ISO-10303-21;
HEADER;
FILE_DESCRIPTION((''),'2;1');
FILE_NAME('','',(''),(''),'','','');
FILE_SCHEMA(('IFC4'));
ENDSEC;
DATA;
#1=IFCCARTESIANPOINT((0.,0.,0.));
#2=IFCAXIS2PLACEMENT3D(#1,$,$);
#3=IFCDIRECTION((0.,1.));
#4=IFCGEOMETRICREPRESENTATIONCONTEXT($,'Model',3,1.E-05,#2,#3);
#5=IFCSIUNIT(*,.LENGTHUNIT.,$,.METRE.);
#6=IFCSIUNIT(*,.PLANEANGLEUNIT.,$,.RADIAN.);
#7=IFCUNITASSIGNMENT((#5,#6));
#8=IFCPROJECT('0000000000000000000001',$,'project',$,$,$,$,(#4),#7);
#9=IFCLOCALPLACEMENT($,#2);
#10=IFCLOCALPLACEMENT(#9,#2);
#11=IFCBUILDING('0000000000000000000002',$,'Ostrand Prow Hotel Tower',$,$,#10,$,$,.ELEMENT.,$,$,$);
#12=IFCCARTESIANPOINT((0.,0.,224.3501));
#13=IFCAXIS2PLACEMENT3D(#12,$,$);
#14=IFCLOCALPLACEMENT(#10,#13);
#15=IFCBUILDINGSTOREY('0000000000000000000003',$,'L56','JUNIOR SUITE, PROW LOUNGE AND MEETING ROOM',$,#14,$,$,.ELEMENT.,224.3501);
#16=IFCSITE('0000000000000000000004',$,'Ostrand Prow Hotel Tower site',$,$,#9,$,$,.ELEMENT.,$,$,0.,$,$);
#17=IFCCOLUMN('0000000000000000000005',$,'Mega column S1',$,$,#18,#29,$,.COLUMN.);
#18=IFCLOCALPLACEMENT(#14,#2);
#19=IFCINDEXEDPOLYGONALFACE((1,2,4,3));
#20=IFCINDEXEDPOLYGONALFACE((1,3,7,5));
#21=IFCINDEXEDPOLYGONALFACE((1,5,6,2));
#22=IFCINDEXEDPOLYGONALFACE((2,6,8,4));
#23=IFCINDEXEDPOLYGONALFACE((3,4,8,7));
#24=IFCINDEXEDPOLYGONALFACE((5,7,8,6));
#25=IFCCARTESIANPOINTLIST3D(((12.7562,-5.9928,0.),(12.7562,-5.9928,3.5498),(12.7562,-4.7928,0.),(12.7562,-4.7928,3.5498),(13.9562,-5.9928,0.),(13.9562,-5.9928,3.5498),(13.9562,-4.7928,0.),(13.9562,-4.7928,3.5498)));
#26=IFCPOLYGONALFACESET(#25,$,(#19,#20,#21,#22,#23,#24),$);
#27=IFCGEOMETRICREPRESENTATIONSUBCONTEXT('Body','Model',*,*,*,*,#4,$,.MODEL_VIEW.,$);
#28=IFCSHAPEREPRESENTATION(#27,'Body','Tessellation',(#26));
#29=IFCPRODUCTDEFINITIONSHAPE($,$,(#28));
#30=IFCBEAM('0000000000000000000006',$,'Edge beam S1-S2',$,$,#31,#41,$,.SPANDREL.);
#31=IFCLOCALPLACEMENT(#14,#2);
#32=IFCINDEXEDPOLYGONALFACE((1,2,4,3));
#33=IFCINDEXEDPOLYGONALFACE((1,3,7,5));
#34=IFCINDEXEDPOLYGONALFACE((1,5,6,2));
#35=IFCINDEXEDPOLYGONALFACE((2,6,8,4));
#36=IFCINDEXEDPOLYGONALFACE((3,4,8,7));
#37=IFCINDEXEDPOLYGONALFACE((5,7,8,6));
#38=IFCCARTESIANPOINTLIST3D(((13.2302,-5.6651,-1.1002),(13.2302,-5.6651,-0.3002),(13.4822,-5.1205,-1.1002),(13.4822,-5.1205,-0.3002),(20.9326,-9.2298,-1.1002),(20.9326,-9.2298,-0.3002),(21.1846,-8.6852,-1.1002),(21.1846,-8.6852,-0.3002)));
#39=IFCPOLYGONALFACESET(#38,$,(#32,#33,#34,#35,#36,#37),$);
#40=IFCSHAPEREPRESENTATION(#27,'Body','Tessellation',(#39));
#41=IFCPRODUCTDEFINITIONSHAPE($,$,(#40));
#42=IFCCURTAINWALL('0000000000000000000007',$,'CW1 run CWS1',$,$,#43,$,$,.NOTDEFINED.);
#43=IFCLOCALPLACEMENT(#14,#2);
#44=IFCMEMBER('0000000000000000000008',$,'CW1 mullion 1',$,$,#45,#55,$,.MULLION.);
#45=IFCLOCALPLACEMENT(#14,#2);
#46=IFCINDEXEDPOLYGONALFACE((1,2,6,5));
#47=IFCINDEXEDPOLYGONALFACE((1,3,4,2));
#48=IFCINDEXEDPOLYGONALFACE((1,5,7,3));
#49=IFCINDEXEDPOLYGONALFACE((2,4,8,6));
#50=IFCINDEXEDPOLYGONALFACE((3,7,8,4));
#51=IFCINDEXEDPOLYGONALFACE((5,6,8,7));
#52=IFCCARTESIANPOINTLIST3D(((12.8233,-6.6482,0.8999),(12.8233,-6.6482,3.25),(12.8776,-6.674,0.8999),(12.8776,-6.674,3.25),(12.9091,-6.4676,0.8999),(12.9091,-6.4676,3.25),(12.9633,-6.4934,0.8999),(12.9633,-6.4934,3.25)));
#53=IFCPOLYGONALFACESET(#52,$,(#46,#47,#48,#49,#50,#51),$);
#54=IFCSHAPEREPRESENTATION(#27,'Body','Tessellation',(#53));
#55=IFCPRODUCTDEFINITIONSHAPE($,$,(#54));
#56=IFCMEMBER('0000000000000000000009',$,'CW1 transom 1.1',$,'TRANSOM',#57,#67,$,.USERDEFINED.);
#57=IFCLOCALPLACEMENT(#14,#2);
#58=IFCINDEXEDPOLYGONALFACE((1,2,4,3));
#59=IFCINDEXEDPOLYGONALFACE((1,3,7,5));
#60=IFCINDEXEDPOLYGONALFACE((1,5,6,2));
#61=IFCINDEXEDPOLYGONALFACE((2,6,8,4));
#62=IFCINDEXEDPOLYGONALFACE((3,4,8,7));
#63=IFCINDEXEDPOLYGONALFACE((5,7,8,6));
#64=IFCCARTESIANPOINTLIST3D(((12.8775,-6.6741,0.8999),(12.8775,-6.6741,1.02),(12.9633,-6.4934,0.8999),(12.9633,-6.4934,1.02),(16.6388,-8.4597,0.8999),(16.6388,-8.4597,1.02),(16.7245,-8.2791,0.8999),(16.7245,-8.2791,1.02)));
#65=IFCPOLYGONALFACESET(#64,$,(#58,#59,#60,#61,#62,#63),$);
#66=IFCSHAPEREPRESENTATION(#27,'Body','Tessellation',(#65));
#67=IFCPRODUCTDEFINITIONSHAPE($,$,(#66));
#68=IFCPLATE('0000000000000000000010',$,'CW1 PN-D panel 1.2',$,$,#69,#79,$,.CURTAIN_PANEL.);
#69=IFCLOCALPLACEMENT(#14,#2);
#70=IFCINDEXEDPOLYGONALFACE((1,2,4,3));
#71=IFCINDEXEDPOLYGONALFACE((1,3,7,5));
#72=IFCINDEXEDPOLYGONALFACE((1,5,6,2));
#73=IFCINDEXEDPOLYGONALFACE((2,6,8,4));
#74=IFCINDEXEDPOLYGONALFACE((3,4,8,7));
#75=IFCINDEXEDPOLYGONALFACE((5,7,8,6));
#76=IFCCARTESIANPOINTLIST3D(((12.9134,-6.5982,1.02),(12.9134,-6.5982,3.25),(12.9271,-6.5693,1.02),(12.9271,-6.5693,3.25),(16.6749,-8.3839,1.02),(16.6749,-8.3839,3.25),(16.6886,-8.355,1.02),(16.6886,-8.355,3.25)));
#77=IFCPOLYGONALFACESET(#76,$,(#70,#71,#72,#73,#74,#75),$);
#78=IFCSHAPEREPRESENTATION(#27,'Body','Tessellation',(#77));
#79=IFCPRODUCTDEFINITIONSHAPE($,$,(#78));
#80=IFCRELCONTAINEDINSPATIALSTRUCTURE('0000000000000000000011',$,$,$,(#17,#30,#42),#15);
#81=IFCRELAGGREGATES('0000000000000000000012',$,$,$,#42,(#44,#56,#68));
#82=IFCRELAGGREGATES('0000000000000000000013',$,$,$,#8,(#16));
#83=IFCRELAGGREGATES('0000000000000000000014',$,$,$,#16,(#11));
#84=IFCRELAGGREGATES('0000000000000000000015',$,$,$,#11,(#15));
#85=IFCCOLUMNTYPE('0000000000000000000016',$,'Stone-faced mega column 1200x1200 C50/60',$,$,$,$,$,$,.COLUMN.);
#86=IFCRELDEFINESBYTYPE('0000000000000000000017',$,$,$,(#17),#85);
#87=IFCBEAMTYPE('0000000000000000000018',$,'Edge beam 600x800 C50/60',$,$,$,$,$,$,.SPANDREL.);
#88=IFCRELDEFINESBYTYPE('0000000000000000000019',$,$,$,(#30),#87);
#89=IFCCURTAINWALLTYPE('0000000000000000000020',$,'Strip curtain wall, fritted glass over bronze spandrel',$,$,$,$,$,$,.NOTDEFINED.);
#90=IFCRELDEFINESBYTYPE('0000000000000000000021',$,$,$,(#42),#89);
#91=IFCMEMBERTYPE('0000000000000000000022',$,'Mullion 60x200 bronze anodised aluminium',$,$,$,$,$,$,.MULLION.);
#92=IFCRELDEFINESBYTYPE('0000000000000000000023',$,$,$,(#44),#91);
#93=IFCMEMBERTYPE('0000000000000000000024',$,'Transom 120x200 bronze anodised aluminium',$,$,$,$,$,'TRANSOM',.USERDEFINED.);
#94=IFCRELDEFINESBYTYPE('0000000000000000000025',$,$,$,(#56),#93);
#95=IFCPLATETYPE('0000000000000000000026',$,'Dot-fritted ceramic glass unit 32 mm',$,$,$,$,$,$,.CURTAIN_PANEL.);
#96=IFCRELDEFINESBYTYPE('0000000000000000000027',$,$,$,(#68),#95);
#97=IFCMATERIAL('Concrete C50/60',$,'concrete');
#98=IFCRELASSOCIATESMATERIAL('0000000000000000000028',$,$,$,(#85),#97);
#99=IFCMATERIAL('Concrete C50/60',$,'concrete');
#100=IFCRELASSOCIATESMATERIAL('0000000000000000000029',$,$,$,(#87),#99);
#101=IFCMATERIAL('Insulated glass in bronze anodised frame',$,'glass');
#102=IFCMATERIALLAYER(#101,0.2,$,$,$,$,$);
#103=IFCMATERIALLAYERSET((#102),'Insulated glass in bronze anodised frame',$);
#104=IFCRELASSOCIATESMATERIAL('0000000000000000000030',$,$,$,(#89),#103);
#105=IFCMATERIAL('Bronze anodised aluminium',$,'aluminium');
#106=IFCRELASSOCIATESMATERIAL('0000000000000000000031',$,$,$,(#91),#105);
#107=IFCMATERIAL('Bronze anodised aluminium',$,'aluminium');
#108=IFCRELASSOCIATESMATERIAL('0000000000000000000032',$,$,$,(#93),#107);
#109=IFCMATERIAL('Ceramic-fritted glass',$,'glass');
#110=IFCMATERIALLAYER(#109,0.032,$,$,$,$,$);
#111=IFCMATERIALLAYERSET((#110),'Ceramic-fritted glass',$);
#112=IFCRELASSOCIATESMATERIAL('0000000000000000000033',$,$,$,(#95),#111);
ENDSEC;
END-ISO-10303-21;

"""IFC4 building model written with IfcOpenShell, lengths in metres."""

from ifc_helpers import new_model, si_unit, direction, frame, origin, origin_2d, place, context, subcontext, project, spatial, rectangle, extrude, material, layer, layer_set, material_profile, profile_set, type_object, element, aggregate, save


model = new_model("IFC4")

# Units and contexts
model_context = context("Model", 3, precision=1e-05, world=origin(), true_north=direction((0.0, 1.0)))
body_context = subcontext(model_context, "Body", "Model", "MODEL_VIEW")
ifc_project = project(units=[si_unit("LENGTHUNIT", "METRE"), si_unit("PLANEANGLEUNIT", "RADIAN")], contexts=[model_context])

# Site, building, storey
site_placement = place(None, origin())
site = spatial("IfcSite", under=ifc_project, at=site_placement, Name="Ostrand Prow Hotel Tower site", CompositionType="ELEMENT", RefElevation=0.0)
building_placement = place(site_placement, origin())
building = spatial("IfcBuilding", under=site, at=building_placement, Name="Ostrand Prow Hotel Tower", CompositionType="ELEMENT")
storey_placement = place(building_placement, frame((0.0, 0.0, 224.3501)))
storey = spatial("IfcBuildingStorey", under=building, at=storey_placement, Name="L56", Description="JUNIOR SUITE, PROW LOUNGE AND MEETING ROOM", CompositionType="ELEMENT", Elevation=224.3501)

# Column
ifc_material_1 = material(Name="Concrete C50/60", Category="concrete")
ifc_material_profile_1 = material_profile(ifc_material_1, rectangle(XDim=1.2, YDim=1.2, at=origin_2d()), Name="RC 1200x1200")
ifc_profile_set_1 = profile_set([ifc_material_profile_1], Name="Concrete C50/60")
column_type = type_object("IfcColumnType", Name="Stone-faced mega column 1200x1200 C50/60", PredefinedType="COLUMN", material=ifc_profile_set_1)
column_placement = place(storey_placement, frame((13.3562, -5.3928, 0.0), z_axis=(0.0, 0.0, 1.0), x_axis=(1.0, 0.0, 0.0)))
element("IfcColumn", 1, at=column_placement, inside=storey, type_object=column_type, Name="Mega column S1", PredefinedType="COLUMN", context=body_context, shape_type="SweptSolid", body=[
    extrude(rectangle(XDim=1.2, YDim=1.2, at=origin_2d()), origin(), (0.0, 0.0, 1.0), 3.5498),
])

# Beam
ifc_material_2 = material(Name="Concrete C50/60", Category="concrete")
ifc_material_profile_2 = material_profile(ifc_material_2, rectangle(XDim=0.6001, YDim=0.8, at=origin_2d()), Name="RC 600x800")
ifc_profile_set_2 = profile_set([ifc_material_profile_2], Name="Concrete C50/60")
beam_type = type_object("IfcBeamType", Name="Edge beam 600x800 C50/60", PredefinedType="SPANDREL", material=ifc_profile_set_2)
beam_placement = place(storey_placement, frame((13.3562, -5.3928, -0.7002), z_axis=(0.907522, -0.420005, 0.0), x_axis=(0.420005, 0.907522, 0.0)))
element("IfcBeam", 2, at=beam_placement, inside=storey, type_object=beam_type, Name="Edge beam S1-S2", PredefinedType="SPANDREL", context=body_context, shape_type="SweptSolid", body=[
    extrude(rectangle(XDim=0.6001, YDim=0.8, at=origin_2d()), origin(), (0.0, 0.0, 1.0), 8.4873),
])

# Curtain wall, members, plate
ifc_material_3 = material(Name="Insulated glass in bronze anodised frame", Category="glass")
ifc_layer_1 = layer(ifc_material_3, 0.2)
ifc_layer_set_1 = layer_set([ifc_layer_1], Name="Insulated glass in bronze anodised frame")
curtain_wall_type = type_object("IfcCurtainWallType", Name="Strip curtain wall, fritted glass over bronze spandrel", PredefinedType="NOTDEFINED", material=ifc_layer_set_1)
curtain_wall_placement = place(storey_placement, origin())
curtain_wall = element("IfcCurtainWall", 3, at=curtain_wall_placement, inside=storey, type_object=curtain_wall_type, Name="CW1 run CWS1", PredefinedType="NOTDEFINED")
ifc_material_4 = material(Name="Bronze anodised aluminium", Category="aluminium")
ifc_material_profile_3 = material_profile(ifc_material_4, rectangle(XDim=0.2, YDim=0.0601, at=origin_2d()), Name="Mullion 60x200 bronze anodised aluminium")
ifc_profile_set_3 = profile_set([ifc_material_profile_3], Name="Bronze anodised aluminium")
member_type_1 = type_object("IfcMemberType", Name="Mullion 60x200 bronze anodised aluminium", PredefinedType="MULLION", material=ifc_profile_set_3)
member_1_placement = place(storey_placement, frame((12.8933, -6.5708, 0.8999), z_axis=(0.0, 0.0, 1.0), x_axis=(0.428861, 0.90337, 0.0)))
member_1 = element("IfcMember", 4, at=member_1_placement, type_object=member_type_1, Name="CW1 mullion 1", PredefinedType="MULLION", context=body_context, shape_type="SweptSolid", body=[
    extrude(rectangle(XDim=0.2, YDim=0.0601, at=origin_2d()), origin(), (0.0, 0.0, 1.0), 2.3501),
])
ifc_material_5 = material(Name="Bronze anodised aluminium", Category="aluminium")
ifc_material_profile_4 = material_profile(ifc_material_5, rectangle(XDim=0.2, YDim=0.1201, at=origin_2d()), Name="Transom 120x200 bronze anodised aluminium")
ifc_profile_set_4 = profile_set([ifc_material_profile_4], Name="Bronze anodised aluminium")
member_type_2 = type_object("IfcMemberType", Name="Transom 120x200 bronze anodised aluminium", ElementType="TRANSOM", PredefinedType="USERDEFINED", material=ifc_profile_set_4)
member_2_placement = place(storey_placement, frame((12.9204, -6.5837, 0.96), z_axis=(0.903365, -0.428873, 0.0), x_axis=(0.428873, 0.903365, 0.0)))
member_2 = element("IfcMember", 5, at=member_2_placement, type_object=member_type_2, Name="CW1 transom 1.1", ObjectType="TRANSOM", PredefinedType="USERDEFINED", context=body_context, shape_type="SweptSolid", body=[
    extrude(rectangle(XDim=0.2, YDim=0.1201, at=origin_2d()), origin(), (0.0, 0.0, 1.0), 4.1636),
])
ifc_material_6 = material(Name="Ceramic-fritted glass", Category="glass")
ifc_layer_2 = layer(ifc_material_6, 0.032)
ifc_layer_set_2 = layer_set([ifc_layer_2], Name="Ceramic-fritted glass")
plate_type = type_object("IfcPlateType", Name="Dot-fritted ceramic glass unit 32 mm", PredefinedType="CURTAIN_PANEL", material=ifc_layer_set_2)
plate_placement = place(storey_placement, frame((14.801, -7.4766, 1.02), z_axis=(0.0, 0.0, 1.0), x_axis=(0.90337, -0.428861, 0.0)))
plate = element("IfcPlate", 6, at=plate_placement, type_object=plate_type, Name="CW1 PN-D panel 1.2", PredefinedType="CURTAIN_PANEL", context=body_context, shape_type="SweptSolid", body=[
    extrude(rectangle(XDim=4.1638, YDim=0.032, at=origin_2d()), origin(), (0.0, 0.0, 1.0), 2.23),
])
aggregate(curtain_wall, [member_1, member_2, plate])

save(model, "model.ifc")
